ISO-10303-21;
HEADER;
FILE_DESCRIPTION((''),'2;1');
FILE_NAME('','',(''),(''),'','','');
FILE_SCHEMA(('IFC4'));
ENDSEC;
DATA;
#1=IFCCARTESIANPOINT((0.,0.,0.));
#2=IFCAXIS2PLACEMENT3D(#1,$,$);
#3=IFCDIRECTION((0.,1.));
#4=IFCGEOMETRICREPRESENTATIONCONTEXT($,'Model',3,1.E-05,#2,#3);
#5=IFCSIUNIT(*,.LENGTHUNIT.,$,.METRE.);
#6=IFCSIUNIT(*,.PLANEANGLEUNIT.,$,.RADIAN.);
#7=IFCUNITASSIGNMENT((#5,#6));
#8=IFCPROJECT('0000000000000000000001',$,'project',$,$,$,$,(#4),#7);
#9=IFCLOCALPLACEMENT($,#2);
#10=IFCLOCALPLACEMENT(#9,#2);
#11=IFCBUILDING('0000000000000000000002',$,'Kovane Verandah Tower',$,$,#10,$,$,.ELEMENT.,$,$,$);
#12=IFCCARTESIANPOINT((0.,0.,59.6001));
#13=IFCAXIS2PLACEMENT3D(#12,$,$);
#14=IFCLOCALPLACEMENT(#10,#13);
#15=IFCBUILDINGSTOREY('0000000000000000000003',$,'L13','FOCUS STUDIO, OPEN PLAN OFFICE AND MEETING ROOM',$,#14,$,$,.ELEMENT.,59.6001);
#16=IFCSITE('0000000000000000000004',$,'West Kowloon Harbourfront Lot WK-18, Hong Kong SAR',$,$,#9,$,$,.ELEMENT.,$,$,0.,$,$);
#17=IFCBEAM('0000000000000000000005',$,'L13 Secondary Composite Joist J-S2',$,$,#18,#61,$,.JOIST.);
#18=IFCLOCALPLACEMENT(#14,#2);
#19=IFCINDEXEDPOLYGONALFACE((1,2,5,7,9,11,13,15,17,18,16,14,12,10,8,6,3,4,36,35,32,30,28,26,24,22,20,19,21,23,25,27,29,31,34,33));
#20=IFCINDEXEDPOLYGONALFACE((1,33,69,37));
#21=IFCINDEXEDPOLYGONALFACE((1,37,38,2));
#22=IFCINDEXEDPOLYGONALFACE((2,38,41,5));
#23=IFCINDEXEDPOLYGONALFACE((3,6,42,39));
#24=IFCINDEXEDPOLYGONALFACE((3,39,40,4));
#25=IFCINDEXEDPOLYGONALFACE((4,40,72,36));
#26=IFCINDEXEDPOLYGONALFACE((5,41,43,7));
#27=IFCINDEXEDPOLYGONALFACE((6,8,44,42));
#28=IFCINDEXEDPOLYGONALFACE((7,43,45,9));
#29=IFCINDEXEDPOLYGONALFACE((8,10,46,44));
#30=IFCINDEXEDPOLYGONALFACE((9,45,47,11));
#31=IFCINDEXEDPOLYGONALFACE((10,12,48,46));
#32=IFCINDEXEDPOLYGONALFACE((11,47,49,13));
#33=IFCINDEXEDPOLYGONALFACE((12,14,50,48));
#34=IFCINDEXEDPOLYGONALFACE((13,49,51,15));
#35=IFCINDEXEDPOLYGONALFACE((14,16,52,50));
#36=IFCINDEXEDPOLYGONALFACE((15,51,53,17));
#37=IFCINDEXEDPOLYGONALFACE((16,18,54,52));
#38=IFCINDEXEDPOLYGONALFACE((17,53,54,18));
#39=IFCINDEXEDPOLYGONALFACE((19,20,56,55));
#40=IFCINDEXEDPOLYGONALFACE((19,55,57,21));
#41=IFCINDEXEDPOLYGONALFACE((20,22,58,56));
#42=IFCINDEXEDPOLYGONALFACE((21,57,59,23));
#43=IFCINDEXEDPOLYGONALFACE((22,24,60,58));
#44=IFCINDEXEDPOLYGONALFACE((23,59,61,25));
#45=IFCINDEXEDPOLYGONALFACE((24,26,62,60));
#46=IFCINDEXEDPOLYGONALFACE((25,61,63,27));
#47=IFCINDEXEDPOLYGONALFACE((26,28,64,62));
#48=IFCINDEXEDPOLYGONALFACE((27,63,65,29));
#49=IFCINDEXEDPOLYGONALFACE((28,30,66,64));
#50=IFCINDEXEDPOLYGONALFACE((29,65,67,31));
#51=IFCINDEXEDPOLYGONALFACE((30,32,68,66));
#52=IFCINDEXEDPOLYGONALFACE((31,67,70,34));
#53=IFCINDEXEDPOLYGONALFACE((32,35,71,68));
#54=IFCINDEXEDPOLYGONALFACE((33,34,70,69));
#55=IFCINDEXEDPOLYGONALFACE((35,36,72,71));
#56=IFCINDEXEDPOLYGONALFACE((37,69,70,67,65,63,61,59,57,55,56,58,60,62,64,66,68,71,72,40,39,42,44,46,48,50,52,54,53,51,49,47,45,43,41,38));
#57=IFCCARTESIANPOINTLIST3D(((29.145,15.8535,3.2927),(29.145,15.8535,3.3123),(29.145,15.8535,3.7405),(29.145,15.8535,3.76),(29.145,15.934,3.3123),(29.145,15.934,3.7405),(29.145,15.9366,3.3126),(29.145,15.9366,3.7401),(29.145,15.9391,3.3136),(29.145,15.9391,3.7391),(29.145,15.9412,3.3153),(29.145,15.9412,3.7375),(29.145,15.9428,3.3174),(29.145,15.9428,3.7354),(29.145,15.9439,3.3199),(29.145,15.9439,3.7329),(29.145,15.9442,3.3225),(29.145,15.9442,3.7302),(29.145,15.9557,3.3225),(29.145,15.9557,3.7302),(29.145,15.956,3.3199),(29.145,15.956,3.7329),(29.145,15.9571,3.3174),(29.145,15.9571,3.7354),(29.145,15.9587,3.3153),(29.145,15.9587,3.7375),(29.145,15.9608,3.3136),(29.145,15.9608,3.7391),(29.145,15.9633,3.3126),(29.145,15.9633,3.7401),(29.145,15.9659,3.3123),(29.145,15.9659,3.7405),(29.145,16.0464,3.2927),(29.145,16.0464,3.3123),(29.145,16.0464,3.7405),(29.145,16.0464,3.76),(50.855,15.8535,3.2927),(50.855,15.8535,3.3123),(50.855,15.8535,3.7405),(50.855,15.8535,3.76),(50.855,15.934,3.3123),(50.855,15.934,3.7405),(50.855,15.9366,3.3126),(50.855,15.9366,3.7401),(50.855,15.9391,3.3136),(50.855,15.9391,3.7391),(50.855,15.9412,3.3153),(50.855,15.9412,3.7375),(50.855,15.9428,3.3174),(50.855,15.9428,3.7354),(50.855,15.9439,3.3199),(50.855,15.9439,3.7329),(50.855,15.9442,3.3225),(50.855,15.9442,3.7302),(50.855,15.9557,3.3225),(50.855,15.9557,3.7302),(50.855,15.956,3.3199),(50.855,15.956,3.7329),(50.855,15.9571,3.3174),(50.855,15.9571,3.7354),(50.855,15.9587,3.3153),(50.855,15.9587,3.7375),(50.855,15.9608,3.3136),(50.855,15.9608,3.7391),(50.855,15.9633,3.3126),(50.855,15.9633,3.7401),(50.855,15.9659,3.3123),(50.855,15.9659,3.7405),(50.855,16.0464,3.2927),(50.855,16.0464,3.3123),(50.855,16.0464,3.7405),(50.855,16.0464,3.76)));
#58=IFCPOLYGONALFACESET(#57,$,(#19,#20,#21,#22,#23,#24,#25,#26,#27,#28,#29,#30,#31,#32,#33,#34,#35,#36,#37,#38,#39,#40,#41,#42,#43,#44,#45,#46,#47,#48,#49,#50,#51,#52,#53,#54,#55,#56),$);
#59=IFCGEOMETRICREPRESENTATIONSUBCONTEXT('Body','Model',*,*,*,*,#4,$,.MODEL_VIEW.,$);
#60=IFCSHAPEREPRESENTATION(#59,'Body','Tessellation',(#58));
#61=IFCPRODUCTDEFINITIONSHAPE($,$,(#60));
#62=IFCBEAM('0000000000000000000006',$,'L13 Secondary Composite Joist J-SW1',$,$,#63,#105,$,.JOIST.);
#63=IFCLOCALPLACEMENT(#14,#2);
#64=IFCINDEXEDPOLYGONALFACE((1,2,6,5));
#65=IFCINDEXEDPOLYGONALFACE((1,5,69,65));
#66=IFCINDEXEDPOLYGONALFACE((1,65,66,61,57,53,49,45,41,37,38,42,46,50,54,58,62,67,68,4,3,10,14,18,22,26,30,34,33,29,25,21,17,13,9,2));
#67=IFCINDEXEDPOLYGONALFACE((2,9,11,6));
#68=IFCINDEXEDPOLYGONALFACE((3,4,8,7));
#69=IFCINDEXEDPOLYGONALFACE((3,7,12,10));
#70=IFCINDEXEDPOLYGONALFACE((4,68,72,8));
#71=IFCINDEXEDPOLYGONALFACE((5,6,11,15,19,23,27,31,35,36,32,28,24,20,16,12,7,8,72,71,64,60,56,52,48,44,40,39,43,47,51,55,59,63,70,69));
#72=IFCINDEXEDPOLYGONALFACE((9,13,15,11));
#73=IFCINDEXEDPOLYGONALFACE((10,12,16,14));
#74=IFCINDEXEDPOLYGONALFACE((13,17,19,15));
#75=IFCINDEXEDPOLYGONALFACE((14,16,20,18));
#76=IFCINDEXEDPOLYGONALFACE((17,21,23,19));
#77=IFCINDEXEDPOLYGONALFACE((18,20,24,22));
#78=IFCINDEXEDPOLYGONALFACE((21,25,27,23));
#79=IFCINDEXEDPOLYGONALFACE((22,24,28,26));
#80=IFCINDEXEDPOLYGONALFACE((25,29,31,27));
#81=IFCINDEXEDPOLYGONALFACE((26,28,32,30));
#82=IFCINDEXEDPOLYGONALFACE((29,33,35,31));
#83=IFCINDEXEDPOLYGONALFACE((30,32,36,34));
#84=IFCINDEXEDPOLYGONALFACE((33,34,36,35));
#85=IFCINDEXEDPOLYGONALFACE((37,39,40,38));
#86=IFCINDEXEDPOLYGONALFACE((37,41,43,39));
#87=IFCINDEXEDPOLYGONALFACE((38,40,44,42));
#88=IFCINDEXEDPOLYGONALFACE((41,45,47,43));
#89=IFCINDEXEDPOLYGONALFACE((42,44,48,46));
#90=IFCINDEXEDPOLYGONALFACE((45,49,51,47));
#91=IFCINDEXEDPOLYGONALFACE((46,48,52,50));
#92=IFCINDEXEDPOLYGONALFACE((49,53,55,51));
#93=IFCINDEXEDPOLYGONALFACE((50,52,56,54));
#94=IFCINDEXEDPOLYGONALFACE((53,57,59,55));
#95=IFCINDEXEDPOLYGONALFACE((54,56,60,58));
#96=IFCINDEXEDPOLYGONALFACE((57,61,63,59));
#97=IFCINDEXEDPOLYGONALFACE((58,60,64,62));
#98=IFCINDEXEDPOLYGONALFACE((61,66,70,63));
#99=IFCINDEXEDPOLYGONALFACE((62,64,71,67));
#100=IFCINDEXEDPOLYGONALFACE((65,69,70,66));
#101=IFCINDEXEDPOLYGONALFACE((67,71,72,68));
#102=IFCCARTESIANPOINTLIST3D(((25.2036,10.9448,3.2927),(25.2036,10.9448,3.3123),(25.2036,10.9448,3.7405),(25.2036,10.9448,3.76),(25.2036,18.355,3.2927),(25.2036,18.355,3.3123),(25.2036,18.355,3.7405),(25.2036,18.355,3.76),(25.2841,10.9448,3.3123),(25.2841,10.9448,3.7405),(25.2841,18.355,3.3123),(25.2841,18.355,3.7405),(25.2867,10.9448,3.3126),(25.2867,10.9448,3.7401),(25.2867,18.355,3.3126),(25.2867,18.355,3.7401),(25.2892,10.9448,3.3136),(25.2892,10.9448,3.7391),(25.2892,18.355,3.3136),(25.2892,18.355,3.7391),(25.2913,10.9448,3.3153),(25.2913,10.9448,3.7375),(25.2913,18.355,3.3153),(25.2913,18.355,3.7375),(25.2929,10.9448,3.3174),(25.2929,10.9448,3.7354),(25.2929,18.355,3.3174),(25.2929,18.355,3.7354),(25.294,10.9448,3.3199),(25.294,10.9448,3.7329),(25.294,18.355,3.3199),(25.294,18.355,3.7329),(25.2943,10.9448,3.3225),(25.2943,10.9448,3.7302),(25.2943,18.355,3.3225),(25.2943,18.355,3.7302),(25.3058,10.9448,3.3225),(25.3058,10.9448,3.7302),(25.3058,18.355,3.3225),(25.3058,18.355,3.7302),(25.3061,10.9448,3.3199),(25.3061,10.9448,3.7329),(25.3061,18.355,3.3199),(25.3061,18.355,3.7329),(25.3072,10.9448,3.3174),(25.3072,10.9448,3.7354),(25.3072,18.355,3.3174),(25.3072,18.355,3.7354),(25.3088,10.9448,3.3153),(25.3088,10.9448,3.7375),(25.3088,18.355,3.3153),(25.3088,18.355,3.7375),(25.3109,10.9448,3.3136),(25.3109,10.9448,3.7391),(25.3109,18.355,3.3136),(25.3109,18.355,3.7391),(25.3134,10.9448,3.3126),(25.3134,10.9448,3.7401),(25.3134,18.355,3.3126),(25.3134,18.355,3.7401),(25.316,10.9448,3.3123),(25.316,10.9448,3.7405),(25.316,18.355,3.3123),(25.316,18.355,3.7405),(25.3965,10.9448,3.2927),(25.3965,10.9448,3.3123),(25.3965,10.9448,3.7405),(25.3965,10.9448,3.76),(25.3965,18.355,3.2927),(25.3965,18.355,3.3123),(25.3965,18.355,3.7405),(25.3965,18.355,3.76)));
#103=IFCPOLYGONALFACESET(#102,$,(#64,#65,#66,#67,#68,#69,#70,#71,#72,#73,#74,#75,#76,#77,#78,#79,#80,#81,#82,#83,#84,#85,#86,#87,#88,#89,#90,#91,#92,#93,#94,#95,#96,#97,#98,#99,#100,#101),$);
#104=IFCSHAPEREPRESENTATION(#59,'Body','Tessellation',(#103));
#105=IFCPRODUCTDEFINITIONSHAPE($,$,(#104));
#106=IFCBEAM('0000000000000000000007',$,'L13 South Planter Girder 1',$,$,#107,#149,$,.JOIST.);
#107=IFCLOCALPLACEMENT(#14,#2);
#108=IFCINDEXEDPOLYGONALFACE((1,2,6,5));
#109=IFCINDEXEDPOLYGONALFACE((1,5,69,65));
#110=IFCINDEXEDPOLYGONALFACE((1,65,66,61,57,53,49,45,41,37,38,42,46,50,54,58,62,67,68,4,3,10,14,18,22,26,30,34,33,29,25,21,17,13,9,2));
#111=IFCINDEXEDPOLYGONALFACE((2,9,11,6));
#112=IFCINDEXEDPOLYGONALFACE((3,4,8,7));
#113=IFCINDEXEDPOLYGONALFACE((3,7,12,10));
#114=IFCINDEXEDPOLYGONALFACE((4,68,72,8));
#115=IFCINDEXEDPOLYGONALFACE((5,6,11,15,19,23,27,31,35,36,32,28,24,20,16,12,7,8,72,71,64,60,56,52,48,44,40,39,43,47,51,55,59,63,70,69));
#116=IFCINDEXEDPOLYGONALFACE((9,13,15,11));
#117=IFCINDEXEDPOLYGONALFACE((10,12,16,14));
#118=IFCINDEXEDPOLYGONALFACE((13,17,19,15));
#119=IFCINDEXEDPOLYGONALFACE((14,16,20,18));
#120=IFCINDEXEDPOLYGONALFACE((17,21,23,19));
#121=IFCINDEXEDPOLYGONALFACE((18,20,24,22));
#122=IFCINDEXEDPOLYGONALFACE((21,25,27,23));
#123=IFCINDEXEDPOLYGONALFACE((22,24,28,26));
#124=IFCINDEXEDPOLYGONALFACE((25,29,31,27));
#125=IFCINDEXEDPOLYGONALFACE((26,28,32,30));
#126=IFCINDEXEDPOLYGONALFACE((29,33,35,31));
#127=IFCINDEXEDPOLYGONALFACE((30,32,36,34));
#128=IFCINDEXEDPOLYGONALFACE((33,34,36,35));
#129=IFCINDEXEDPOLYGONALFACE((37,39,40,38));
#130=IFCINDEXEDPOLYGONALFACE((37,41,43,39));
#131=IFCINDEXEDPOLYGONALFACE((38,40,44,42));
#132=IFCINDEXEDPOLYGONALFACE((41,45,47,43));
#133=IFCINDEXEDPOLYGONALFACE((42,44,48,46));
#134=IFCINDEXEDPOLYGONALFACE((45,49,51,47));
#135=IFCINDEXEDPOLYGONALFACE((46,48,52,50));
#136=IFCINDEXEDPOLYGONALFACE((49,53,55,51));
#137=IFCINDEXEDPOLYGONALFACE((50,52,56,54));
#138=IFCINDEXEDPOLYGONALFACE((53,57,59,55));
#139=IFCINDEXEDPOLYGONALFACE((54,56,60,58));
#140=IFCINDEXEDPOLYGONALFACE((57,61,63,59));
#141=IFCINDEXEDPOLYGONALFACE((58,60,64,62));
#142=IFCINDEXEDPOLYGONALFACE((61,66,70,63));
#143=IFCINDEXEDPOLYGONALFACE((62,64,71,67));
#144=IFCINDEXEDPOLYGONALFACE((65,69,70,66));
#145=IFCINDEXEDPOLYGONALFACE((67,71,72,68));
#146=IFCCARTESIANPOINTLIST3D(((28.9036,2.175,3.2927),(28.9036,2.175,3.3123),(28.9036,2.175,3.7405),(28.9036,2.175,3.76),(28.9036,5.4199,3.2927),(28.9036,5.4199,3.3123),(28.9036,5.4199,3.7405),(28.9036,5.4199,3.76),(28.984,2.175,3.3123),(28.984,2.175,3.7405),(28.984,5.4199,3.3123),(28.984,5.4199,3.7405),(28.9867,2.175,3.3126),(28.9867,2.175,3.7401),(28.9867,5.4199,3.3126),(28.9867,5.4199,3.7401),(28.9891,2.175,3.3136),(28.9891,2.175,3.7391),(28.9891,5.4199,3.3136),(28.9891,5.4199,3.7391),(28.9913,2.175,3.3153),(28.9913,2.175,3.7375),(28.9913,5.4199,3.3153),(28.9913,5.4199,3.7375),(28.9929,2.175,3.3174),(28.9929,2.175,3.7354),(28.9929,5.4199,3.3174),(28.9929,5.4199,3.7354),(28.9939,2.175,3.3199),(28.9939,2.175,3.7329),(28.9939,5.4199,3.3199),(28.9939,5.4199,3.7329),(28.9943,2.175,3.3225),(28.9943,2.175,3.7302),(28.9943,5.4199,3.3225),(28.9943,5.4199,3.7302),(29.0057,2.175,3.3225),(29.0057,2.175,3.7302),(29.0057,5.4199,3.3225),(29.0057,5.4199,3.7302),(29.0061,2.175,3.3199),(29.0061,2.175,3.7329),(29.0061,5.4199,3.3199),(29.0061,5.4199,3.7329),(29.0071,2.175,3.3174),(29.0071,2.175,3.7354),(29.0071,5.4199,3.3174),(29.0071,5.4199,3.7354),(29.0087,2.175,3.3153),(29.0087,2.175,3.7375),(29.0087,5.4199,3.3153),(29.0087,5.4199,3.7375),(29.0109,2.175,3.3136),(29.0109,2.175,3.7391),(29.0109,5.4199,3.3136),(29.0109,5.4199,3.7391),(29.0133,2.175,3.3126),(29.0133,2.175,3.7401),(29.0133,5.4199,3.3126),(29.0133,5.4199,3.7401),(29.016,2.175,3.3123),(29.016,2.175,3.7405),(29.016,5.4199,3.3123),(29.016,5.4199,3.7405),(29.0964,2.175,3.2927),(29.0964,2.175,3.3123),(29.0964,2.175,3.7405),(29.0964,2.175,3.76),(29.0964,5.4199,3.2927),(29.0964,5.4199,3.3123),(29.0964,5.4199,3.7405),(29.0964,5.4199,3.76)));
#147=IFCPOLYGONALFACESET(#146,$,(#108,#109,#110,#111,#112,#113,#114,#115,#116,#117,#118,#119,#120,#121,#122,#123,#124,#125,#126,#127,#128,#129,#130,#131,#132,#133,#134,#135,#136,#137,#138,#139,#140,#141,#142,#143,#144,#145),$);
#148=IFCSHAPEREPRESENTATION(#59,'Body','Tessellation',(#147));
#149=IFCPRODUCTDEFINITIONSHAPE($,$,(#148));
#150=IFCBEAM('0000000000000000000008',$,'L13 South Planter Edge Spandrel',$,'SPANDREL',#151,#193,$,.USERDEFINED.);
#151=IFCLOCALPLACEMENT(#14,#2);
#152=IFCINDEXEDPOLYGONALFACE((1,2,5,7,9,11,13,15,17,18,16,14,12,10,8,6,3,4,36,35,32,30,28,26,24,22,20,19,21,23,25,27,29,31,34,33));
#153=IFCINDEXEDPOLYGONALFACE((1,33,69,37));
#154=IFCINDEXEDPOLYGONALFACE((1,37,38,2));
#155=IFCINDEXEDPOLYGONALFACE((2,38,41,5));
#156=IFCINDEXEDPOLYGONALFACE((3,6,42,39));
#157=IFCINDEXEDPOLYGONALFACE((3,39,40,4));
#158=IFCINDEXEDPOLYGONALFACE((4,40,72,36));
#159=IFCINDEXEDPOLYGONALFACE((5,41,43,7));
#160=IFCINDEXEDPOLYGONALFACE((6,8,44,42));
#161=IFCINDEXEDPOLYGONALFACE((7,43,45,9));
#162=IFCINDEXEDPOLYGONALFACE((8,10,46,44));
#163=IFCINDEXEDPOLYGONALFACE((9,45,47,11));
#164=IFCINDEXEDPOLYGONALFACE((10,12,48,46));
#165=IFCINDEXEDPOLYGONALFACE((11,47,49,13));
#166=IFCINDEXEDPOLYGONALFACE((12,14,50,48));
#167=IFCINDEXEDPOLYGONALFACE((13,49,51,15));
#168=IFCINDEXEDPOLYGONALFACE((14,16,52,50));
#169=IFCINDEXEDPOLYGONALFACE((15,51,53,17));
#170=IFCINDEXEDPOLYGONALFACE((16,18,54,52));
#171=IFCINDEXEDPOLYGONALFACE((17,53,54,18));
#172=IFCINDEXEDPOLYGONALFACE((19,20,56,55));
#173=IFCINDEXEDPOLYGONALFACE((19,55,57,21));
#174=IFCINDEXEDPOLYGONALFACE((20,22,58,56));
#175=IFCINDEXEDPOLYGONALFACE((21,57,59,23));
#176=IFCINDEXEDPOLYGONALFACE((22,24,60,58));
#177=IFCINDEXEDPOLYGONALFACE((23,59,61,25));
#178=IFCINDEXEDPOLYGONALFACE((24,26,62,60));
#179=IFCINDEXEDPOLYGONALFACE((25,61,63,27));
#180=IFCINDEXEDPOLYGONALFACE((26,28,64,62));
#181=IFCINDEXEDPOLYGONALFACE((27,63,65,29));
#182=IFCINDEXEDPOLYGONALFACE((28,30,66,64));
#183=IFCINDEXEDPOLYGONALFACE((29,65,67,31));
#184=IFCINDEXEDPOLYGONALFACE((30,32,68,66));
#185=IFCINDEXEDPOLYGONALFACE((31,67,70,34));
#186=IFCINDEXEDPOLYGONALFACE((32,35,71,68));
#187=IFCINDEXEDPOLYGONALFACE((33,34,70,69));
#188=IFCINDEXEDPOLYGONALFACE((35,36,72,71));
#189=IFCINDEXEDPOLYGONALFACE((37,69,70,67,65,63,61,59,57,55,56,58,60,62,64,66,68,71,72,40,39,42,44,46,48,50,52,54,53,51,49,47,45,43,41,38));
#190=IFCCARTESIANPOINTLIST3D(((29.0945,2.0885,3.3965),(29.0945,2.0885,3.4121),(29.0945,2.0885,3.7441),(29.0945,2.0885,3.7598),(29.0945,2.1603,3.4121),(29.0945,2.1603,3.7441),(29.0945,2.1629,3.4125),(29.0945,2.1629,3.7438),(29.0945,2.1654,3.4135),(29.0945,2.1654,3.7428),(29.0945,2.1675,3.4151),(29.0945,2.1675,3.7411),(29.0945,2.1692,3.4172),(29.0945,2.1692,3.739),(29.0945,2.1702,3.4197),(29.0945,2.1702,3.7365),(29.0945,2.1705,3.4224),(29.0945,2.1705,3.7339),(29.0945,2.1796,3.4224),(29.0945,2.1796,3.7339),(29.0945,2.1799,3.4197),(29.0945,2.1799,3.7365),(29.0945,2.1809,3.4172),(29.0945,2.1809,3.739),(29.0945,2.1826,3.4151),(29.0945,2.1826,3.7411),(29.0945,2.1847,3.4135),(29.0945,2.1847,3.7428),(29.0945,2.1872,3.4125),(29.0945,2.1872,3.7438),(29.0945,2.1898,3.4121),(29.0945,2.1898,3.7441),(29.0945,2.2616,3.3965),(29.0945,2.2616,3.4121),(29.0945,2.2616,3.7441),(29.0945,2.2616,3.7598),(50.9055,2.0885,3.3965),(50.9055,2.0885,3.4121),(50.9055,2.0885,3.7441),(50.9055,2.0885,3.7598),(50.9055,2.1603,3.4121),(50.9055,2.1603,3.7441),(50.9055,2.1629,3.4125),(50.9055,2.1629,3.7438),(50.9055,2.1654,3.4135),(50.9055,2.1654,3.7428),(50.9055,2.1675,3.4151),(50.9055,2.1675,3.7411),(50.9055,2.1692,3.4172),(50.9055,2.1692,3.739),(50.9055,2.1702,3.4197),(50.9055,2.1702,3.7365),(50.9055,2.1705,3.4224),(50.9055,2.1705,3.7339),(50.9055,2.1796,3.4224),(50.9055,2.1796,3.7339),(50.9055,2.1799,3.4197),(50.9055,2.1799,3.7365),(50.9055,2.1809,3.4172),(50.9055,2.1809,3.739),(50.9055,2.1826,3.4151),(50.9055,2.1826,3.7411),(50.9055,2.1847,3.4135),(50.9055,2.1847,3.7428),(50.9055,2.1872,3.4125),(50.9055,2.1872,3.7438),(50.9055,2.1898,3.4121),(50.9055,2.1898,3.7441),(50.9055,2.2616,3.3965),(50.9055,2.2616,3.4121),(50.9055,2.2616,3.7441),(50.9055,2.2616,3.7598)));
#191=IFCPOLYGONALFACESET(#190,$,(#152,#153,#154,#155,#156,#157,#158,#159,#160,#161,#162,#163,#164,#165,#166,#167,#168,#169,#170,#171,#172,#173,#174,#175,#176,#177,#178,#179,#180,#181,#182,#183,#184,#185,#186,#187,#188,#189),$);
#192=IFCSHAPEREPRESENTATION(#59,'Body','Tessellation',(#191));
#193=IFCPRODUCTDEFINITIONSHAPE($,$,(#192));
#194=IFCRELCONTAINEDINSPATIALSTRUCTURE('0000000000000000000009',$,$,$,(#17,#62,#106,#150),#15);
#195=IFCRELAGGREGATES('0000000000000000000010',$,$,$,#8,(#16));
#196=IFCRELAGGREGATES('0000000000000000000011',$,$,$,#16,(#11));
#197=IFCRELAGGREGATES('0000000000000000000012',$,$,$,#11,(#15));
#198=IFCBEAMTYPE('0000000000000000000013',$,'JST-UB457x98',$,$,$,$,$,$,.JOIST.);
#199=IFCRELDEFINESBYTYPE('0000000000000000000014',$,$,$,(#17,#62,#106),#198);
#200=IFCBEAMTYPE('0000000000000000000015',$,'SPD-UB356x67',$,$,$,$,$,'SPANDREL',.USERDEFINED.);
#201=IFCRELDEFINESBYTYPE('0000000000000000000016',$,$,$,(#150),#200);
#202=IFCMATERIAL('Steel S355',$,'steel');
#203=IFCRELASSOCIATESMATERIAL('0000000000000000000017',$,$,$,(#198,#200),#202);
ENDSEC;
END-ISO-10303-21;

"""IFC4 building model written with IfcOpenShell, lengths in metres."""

from ifc_helpers import new_model, si_unit, direction, frame, origin, origin_2d, place, context, subcontext, project, spatial, i_section, extrude, material, material_profile, profile_set, type_object, element, save


model = new_model("IFC4")

# Units and contexts
model_context = context("Model", 3, precision=1e-05, world=origin(), true_north=direction((0.0, 1.0)))
body_context = subcontext(model_context, "Body", "Model", "MODEL_VIEW")
ifc_project = project(units=[si_unit("LENGTHUNIT", "METRE"), si_unit("PLANEANGLEUNIT", "RADIAN")], contexts=[model_context])

# Site, building, storey
site_placement = place(None, origin())
site = spatial("IfcSite", under=ifc_project, at=site_placement, Name="West Kowloon Harbourfront Lot WK-18, Hong Kong SAR", CompositionType="ELEMENT", RefElevation=0.0)
building_placement = place(site_placement, origin())
building = spatial("IfcBuilding", under=site, at=building_placement, Name="Kovane Verandah Tower", CompositionType="ELEMENT")
storey_placement = place(building_placement, frame((0.0, 0.0, 59.6001)))
storey = spatial("IfcBuildingStorey", under=building, at=storey_placement, Name="L13", Description="FOCUS STUDIO, OPEN PLAN OFFICE AND MEETING ROOM", CompositionType="ELEMENT", Elevation=59.6001)

# Beams
ifc_material_1 = material(Name="Steel S355", Category="steel")
ifc_material_profile_1 = material_profile(ifc_material_1, i_section(OverallWidth=0.1929, OverallDepth=0.4673, WebThickness=0.0115, FlangeThickness=0.0195, FilletRadius=0.0103, at=origin_2d()), Name="UB457x191x98")
ifc_profile_set_1 = profile_set([ifc_material_profile_1], Name="Steel S355")
beam_type_1 = type_object("IfcBeamType", Name="JST-UB457x98", PredefinedType="JOIST", material=ifc_profile_set_1)
for number, where, z_axis, x_axis, name in (
    (1, (29.145, 15.95, 3.5264), (1.0, 0.0, 0.0), (0.0, 1.0, 0.0), "L13 Secondary Composite Joist J-S2"),
):
    element("IfcBeam", number, at=place(storey_placement, frame(where, z_axis=z_axis, x_axis=x_axis)), inside=storey, type_object=beam_type_1, Name=name, PredefinedType="JOIST", context=body_context, shape_type="SweptSolid", body=[
        extrude(i_section(OverallWidth=0.1929, OverallDepth=0.4673, WebThickness=0.0115, FlangeThickness=0.0195, FilletRadius=0.0103, at=origin_2d()), origin(), (0.0, 0.0, 1.0), 21.71),
    ])
beam_1_placement = place(storey_placement, frame((25.3, 10.9448, 3.5264), z_axis=(0.0, 1.0, 0.0), x_axis=(-1.0, 0.0, 0.0)))
element("IfcBeam", 2, at=beam_1_placement, inside=storey, type_object=beam_type_1, Name="L13 Secondary Composite Joist J-SW1", PredefinedType="JOIST", context=body_context, shape_type="SweptSolid", body=[
    extrude(i_section(OverallWidth=0.1929, OverallDepth=0.4673, WebThickness=0.0115, FlangeThickness=0.0195, FilletRadius=0.0103, at=origin_2d()), origin(), (0.0, 0.0, 1.0), 7.4102),
])
beam_2_placement = place(storey_placement, frame((29.0, 5.4199, 3.5264), z_axis=(0.0, -1.0, 0.0), x_axis=(1.0, 0.0, 0.0)))
element("IfcBeam", 3, at=beam_2_placement, inside=storey, type_object=beam_type_1, Name="L13 South Planter Girder 1", PredefinedType="JOIST", context=body_context, shape_type="SweptSolid", body=[
    extrude(i_section(OverallWidth=0.1929, OverallDepth=0.4673, WebThickness=0.0115, FlangeThickness=0.0195, FilletRadius=0.0103, at=origin_2d()), origin(), (0.0, 0.0, 1.0), 3.2449),
])
ifc_material_profile_2 = material_profile(ifc_material_1, i_section(OverallWidth=0.1731, OverallDepth=0.3633, WebThickness=0.009, FlangeThickness=0.0156, FilletRadius=0.0103, at=origin_2d()), Name="UB356x171x67")
ifc_profile_set_2 = profile_set([ifc_material_profile_2], Name="Steel S355")
beam_type_2 = type_object("IfcBeamType", Name="SPD-UB356x67", ElementType="SPANDREL", PredefinedType="USERDEFINED", material=ifc_profile_set_2)
beam_3_placement = place(storey_placement, frame((29.0945, 2.175, 3.5781), z_axis=(1.0, 0.0, 0.0), x_axis=(0.0, 1.0, 0.0)))
element("IfcBeam", 4, at=beam_3_placement, inside=storey, type_object=beam_type_2, Name="L13 South Planter Edge Spandrel", ObjectType="SPANDREL", PredefinedType="USERDEFINED", context=body_context, shape_type="SweptSolid", body=[
    extrude(i_section(OverallWidth=0.1731, OverallDepth=0.3633, WebThickness=0.009, FlangeThickness=0.0156, FilletRadius=0.0103, at=origin_2d()), origin(), (0.0, 0.0, 1.0), 21.811),
])

save(model, "model.ifc")
